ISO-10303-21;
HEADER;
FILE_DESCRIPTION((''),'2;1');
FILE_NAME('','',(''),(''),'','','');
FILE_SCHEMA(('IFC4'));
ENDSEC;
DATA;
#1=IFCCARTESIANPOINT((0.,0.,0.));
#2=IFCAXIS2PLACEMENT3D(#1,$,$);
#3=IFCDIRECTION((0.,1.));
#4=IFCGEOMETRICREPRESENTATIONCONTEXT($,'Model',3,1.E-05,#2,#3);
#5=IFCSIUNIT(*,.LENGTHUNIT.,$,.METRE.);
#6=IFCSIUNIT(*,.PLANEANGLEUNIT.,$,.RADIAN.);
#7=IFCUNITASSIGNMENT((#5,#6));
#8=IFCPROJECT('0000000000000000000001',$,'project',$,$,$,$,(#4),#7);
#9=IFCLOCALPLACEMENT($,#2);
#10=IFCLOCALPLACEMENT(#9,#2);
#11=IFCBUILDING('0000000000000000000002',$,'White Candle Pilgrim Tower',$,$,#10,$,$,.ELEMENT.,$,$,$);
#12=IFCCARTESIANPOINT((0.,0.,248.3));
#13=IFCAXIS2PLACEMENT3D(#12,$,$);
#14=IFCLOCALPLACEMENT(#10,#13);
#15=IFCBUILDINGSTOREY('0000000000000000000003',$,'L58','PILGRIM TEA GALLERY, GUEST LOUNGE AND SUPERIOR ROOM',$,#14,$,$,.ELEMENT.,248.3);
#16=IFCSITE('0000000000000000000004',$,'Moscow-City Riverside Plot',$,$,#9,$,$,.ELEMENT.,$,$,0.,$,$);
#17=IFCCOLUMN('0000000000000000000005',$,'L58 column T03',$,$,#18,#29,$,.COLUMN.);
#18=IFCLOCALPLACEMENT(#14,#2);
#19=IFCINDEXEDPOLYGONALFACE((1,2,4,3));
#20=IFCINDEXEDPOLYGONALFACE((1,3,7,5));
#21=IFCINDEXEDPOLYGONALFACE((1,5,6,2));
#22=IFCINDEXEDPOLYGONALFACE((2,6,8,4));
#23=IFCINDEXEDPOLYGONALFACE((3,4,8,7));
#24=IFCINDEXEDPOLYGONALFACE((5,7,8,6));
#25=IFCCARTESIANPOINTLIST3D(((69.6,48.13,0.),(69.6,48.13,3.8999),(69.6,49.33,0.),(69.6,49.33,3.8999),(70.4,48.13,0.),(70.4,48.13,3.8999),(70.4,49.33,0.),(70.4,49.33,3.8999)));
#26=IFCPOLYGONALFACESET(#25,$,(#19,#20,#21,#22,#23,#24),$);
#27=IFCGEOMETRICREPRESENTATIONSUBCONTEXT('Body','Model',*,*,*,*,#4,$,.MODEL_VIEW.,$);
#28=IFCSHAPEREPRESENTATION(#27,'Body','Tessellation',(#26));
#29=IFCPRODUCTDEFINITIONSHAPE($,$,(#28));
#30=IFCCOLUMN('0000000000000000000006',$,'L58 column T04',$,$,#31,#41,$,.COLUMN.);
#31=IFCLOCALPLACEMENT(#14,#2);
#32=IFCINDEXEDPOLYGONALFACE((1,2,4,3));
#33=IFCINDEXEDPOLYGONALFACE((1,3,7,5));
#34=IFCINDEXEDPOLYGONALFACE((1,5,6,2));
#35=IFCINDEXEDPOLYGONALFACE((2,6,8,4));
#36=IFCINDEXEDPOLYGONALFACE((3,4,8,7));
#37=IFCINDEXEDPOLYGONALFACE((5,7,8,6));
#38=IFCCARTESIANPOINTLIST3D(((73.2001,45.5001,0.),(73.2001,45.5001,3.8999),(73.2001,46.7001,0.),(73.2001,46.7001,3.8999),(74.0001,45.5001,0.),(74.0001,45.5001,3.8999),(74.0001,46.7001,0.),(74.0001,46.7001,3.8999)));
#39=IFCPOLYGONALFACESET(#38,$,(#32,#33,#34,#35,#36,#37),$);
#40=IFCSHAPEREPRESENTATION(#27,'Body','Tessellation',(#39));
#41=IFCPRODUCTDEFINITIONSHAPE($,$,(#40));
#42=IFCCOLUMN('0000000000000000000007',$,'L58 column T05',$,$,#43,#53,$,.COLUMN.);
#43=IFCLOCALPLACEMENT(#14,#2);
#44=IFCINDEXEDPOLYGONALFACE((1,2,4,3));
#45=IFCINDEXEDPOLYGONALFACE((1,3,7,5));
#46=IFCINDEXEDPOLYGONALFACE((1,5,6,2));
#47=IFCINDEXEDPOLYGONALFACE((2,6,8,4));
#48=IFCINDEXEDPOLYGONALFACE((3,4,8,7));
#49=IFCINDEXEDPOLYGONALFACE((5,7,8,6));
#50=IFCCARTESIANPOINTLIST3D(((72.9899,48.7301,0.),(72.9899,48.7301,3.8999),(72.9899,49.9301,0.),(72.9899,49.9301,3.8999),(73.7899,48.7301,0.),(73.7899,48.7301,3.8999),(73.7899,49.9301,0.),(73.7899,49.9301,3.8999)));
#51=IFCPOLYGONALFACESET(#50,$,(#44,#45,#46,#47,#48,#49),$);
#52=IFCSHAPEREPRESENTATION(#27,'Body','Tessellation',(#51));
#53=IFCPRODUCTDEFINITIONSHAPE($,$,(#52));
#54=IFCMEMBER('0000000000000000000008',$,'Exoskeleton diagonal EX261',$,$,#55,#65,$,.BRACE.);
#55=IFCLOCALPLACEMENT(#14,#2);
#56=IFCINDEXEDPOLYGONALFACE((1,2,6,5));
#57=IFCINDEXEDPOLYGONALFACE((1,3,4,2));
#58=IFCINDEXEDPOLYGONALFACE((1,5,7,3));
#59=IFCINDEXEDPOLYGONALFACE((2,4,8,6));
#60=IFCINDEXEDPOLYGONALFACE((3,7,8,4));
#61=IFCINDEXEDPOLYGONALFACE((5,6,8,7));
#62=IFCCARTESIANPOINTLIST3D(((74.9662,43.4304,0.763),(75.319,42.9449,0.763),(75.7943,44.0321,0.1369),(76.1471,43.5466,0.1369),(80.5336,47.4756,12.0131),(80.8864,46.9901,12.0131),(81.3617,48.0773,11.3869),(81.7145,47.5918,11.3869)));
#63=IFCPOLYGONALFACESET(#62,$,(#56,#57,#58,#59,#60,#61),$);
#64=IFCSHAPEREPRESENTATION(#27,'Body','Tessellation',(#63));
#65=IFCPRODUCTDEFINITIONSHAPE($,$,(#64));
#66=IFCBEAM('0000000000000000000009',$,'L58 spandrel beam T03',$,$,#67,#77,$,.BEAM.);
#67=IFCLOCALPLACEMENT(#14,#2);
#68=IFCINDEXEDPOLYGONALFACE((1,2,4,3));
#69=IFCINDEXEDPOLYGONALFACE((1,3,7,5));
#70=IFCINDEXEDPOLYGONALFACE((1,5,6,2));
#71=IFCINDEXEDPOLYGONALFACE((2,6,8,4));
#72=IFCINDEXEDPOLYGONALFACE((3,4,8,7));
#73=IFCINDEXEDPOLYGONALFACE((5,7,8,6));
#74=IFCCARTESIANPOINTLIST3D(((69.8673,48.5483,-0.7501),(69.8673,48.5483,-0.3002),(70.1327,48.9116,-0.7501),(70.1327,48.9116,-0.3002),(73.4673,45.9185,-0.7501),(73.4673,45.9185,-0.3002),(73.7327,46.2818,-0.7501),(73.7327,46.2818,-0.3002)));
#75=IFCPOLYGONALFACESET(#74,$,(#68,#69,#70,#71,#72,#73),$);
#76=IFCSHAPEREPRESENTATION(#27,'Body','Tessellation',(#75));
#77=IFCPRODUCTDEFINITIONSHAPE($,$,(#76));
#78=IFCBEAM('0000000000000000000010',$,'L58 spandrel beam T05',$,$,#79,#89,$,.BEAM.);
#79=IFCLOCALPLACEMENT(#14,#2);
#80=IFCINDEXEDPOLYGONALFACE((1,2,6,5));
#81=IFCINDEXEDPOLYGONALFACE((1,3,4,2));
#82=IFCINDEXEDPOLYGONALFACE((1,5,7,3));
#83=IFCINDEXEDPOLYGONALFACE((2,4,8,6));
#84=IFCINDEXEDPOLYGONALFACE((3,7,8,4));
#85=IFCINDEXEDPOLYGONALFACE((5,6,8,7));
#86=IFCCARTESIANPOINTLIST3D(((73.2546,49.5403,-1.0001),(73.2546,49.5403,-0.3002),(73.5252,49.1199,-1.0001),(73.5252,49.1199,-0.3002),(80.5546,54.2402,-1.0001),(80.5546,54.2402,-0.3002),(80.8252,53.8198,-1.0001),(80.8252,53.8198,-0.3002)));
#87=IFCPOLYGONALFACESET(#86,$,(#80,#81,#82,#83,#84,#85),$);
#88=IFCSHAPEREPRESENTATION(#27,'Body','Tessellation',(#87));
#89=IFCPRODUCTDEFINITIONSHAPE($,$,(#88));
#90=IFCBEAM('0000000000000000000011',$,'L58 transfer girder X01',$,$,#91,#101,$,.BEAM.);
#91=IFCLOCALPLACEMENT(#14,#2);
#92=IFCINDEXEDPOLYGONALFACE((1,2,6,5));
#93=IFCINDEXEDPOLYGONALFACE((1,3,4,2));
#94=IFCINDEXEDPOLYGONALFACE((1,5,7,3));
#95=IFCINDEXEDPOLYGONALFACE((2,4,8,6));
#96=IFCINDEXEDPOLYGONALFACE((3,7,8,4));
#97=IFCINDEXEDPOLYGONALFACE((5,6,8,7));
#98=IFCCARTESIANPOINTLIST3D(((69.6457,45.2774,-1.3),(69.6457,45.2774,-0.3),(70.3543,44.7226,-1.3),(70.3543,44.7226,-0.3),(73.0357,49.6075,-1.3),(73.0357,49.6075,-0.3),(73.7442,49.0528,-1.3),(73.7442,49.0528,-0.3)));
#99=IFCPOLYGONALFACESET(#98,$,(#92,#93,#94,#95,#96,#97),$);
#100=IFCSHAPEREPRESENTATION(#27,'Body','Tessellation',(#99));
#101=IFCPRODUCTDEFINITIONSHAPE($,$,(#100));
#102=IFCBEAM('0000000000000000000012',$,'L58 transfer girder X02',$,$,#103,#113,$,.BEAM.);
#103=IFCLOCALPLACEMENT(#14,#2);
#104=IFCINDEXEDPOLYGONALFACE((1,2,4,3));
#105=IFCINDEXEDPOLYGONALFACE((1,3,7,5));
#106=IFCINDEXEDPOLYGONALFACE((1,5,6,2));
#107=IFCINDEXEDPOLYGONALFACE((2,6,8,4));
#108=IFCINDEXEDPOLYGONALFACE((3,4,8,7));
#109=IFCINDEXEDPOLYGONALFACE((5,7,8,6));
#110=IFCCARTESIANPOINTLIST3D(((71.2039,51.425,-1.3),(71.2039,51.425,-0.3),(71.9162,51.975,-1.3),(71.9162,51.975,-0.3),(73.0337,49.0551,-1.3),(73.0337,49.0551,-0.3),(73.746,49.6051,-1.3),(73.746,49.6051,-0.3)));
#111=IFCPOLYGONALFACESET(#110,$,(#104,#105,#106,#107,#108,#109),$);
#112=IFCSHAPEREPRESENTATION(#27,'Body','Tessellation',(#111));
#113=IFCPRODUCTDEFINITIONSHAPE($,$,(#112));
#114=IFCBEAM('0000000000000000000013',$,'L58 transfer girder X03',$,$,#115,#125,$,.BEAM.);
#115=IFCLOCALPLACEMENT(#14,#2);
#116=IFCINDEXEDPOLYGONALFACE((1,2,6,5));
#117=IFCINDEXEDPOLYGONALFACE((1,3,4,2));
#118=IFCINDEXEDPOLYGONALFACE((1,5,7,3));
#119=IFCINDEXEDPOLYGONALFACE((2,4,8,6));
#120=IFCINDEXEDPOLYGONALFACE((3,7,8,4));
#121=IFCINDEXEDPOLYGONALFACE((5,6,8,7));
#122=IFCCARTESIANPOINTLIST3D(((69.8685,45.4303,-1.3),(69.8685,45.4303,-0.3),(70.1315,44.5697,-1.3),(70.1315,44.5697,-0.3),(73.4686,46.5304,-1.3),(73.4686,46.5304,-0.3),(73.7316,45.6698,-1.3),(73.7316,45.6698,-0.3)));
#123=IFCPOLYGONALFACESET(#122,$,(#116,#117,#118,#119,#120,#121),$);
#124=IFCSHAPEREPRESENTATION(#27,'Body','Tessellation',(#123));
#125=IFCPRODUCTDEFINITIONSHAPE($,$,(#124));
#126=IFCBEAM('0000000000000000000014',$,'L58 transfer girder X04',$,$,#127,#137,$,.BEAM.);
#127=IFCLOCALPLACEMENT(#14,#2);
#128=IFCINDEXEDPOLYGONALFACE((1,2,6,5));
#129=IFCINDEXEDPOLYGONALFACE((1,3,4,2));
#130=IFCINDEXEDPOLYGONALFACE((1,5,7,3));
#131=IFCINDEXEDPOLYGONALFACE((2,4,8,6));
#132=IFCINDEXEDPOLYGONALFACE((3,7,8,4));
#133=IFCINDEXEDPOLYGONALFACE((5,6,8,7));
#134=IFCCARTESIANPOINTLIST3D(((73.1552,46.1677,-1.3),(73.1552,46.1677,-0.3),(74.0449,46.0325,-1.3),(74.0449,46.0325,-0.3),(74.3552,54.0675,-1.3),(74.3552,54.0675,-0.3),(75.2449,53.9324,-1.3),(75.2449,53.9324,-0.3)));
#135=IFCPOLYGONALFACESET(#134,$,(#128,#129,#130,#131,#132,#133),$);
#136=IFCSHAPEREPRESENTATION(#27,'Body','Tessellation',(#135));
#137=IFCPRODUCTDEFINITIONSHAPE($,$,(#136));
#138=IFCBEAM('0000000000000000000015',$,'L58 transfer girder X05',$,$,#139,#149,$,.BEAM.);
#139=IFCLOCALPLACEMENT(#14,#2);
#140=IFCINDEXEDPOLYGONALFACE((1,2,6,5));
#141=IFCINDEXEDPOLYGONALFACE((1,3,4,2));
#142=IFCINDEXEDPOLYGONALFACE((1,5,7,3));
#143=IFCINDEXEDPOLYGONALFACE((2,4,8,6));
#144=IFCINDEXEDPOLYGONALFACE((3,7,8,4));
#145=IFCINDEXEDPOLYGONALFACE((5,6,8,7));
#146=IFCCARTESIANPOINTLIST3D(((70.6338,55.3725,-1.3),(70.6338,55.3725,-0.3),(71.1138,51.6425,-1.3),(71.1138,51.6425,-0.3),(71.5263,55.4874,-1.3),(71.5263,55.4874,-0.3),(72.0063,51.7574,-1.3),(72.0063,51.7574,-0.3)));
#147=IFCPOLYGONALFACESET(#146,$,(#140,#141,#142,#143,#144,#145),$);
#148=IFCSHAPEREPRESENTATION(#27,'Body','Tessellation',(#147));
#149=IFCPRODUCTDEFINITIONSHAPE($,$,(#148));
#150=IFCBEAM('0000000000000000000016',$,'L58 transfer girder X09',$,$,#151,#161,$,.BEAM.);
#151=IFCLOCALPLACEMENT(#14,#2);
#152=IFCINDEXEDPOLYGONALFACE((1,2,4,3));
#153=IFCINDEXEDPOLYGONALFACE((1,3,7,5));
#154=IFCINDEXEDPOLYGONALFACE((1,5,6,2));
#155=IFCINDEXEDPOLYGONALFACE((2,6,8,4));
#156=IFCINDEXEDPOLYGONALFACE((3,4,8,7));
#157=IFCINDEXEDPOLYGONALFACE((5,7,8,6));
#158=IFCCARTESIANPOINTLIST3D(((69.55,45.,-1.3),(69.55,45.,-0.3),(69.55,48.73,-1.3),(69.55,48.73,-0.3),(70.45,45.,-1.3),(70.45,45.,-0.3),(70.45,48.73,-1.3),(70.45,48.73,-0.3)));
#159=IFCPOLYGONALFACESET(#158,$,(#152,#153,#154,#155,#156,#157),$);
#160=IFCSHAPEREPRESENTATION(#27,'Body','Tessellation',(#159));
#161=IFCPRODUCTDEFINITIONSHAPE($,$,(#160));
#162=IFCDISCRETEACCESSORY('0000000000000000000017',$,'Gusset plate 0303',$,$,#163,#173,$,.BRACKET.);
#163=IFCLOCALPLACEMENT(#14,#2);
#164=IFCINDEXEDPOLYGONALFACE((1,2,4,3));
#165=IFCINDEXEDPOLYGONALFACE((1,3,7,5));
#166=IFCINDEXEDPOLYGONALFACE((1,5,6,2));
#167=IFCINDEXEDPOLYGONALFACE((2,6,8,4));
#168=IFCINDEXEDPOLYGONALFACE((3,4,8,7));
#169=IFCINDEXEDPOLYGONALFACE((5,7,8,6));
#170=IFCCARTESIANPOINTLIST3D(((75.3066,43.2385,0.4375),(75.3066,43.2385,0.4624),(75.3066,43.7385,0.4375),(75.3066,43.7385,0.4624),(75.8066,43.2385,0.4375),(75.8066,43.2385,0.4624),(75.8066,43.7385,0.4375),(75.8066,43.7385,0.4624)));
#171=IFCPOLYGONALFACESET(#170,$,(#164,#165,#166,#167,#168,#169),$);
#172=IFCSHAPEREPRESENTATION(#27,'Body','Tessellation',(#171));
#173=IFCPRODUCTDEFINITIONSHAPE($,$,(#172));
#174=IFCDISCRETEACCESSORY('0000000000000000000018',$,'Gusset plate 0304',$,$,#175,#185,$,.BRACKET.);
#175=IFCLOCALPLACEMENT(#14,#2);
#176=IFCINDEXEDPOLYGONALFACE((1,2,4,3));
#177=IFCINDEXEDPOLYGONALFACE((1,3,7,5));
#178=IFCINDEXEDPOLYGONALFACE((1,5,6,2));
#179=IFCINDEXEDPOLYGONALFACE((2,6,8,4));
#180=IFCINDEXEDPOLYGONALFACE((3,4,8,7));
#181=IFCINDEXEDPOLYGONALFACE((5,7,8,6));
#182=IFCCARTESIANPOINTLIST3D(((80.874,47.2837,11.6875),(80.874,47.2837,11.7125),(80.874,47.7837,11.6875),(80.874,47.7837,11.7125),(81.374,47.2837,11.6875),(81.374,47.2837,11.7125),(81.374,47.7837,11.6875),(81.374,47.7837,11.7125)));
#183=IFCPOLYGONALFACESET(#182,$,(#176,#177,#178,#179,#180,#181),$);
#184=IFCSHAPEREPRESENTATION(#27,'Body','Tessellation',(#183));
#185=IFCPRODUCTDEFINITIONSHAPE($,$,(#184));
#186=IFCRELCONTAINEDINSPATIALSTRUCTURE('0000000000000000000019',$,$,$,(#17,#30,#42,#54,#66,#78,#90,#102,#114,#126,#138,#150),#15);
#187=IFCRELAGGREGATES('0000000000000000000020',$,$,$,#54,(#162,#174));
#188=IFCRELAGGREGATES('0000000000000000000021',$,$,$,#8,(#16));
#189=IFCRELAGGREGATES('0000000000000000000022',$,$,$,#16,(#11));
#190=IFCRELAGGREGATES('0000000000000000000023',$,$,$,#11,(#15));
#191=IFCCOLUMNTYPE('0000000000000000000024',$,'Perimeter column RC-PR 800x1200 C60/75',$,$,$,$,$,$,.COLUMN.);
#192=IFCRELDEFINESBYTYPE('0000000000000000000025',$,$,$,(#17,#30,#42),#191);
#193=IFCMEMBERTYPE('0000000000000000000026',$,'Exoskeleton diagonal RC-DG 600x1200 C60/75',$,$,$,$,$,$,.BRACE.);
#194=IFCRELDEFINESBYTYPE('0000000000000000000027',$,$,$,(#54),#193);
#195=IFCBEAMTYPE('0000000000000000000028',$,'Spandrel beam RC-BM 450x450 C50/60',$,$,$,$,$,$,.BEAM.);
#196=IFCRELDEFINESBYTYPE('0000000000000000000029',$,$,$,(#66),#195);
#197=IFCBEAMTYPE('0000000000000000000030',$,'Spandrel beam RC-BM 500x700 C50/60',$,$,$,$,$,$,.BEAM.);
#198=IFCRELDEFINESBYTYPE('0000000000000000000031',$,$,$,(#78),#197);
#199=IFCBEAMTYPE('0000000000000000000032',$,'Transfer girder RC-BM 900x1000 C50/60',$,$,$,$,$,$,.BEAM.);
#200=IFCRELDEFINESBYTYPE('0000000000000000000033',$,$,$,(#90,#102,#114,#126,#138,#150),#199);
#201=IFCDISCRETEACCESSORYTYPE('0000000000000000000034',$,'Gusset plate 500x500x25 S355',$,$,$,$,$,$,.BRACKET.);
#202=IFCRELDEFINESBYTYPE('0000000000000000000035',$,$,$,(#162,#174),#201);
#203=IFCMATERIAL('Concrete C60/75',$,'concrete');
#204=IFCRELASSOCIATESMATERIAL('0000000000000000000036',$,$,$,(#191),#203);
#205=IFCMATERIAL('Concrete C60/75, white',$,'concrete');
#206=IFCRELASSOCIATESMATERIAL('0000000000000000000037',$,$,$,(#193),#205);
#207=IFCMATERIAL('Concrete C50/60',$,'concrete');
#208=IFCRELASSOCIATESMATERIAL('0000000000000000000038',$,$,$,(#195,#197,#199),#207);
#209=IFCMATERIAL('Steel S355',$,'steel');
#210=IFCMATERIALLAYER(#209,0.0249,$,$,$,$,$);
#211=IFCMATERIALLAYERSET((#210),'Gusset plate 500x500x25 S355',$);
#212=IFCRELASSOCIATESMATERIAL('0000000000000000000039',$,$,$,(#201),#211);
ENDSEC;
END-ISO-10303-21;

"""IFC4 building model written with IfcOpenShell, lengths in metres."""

from ifc_helpers import new_model, si_unit, direction, frame, origin, origin_2d, place, context, subcontext, project, spatial, rectangle, extrude, material, layer, layer_set, material_profile, profile_set, type_object, element, aggregate, save


model = new_model("IFC4")

# Units and contexts
model_context = context("Model", 3, precision=1e-05, world=origin(), true_north=direction((0.0, 1.0)))
body_context = subcontext(model_context, "Body", "Model", "MODEL_VIEW")
ifc_project = project(units=[si_unit("LENGTHUNIT", "METRE"), si_unit("PLANEANGLEUNIT", "RADIAN")], contexts=[model_context])

# Site, building, storey
site_placement = place(None, origin())
site = spatial("IfcSite", under=ifc_project, at=site_placement, Name="Moscow-City Riverside Plot", CompositionType="ELEMENT", RefElevation=0.0)
building_placement = place(site_placement, origin())
building = spatial("IfcBuilding", under=site, at=building_placement, Name="White Candle Pilgrim Tower", CompositionType="ELEMENT")
storey_placement = place(building_placement, frame((0.0, 0.0, 248.3)))
storey = spatial("IfcBuildingStorey", under=building, at=storey_placement, Name="L58", Description="PILGRIM TEA GALLERY, GUEST LOUNGE AND SUPERIOR ROOM", CompositionType="ELEMENT", Elevation=248.3)

# Columns
ifc_material_1 = material(Name="Concrete C60/75", Category="concrete")
ifc_material_profile_1 = material_profile(ifc_material_1, rectangle(XDim=0.8, YDim=1.2, at=origin_2d()), Name="RC-PR 800x1200")
ifc_profile_set_1 = profile_set([ifc_material_profile_1], Name="Concrete C60/75")
column_type = type_object("IfcColumnType", Name="Perimeter column RC-PR 800x1200 C60/75", PredefinedType="COLUMN", material=ifc_profile_set_1)
for number, where, z_axis, x_axis, name in (
    (1, (70.0, 48.73, 0.0), (0.0, 0.0, 1.0), (-1.0, 0.0, 0.0), "L58 column T03"),
    (2, (73.6001, 46.1001, 0.0), (0.0, 0.0, 1.0), (-1.0, 0.0, 0.0), "L58 column T04"),
    (3, (73.3899, 49.3301, 0.0), (0.0, 0.0, 1.0), (-1.0, 0.0, 0.0), "L58 column T05"),
):
    element("IfcColumn", number, at=place(storey_placement, frame(where, z_axis=z_axis, x_axis=x_axis)), inside=storey, type_object=column_type, Name=name, PredefinedType="COLUMN", context=body_context, shape_type="SweptSolid", body=[
        extrude(rectangle(XDim=0.8, YDim=1.2, at=origin_2d()), origin(), (0.0, 0.0, 1.0), 3.8999),
    ])

# Member
ifc_material_2 = material(Name="Concrete C60/75, white", Category="concrete")
ifc_material_profile_2 = material_profile(ifc_material_2, rectangle(XDim=0.6001, YDim=1.2, at=origin_2d()), Name="RC-DG 600x1200")
ifc_profile_set_2 = profile_set([ifc_material_profile_2], Name="Concrete C60/75, white")
member_type = type_object("IfcMemberType", Name="Exoskeleton diagonal RC-DG 600x1200 C60/75", PredefinedType="BRACE", material=ifc_profile_set_2)
member_placement = place(storey_placement, frame((75.5566, 43.4885, 0.45), z_axis=(0.422157, 0.306732, 0.853052), x_axis=(-0.587807, 0.809001, 0.0)))
member = element("IfcMember", 4, at=member_placement, inside=storey, type_object=member_type, Name="Exoskeleton diagonal EX261", PredefinedType="BRACE", context=body_context, shape_type="SweptSolid", body=[
    extrude(rectangle(XDim=0.6001, YDim=1.2, at=origin_2d()), origin(), (0.0, 0.0, 1.0), 13.188),
])

# Beams
ifc_material_3 = material(Name="Concrete C50/60", Category="concrete")
ifc_material_profile_3 = material_profile(ifc_material_3, rectangle(XDim=0.45, YDim=0.45, at=origin_2d()), Name="RC-BM 450x450")
ifc_profile_set_3 = profile_set([ifc_material_profile_3], Name="Concrete C50/60")
beam_type_1 = type_object("IfcBeamType", Name="Spandrel beam RC-BM 450x450 C50/60", PredefinedType="BEAM", material=ifc_profile_set_3)
beam_1_placement = place(storey_placement, frame((70.0, 48.73, -0.5251), z_axis=(0.807493, -0.589877, 0.0), x_axis=(0.589877, 0.807493, 0.0)))
element("IfcBeam", 5, at=beam_1_placement, inside=storey, type_object=beam_type_1, Name="L58 spandrel beam T03", PredefinedType="BEAM", context=body_context, shape_type="SweptSolid", body=[
    extrude(rectangle(XDim=0.45, YDim=0.45, at=origin_2d()), origin(), (0.0, 0.0, 1.0), 4.4583),
])
ifc_material_profile_4 = material_profile(ifc_material_3, rectangle(XDim=0.5, YDim=0.7, at=origin_2d()), Name="RC-BM 500x700")
ifc_profile_set_4 = profile_set([ifc_material_profile_4], Name="Concrete C50/60")
beam_type_2 = type_object("IfcBeamType", Name="Spandrel beam RC-BM 500x700 C50/60", PredefinedType="BEAM", material=ifc_profile_set_4)
beam_2_placement = place(storey_placement, frame((73.3899, 49.3301, -0.6501), z_axis=(0.840808, 0.541333, 0.0), x_axis=(-0.541333, 0.840808, 0.0)))
element("IfcBeam", 6, at=beam_2_placement, inside=storey, type_object=beam_type_2, Name="L58 spandrel beam T05", PredefinedType="BEAM", context=body_context, shape_type="SweptSolid", body=[
    extrude(rectangle(XDim=0.5, YDim=0.7, at=origin_2d()), origin(), (0.0, 0.0, 1.0), 8.6821),
])
ifc_material_profile_5 = material_profile(ifc_material_3, rectangle(XDim=0.8999, YDim=1.0, at=origin_2d()), Name="RC-BM 900x1000")
ifc_profile_set_5 = profile_set([ifc_material_profile_5], Name="Concrete C50/60")
beam_type_3 = type_object("IfcBeamType", Name="Transfer girder RC-BM 900x1000 C50/60", PredefinedType="BEAM", material=ifc_profile_set_5)
beam_3_placement = place(storey_placement, frame((70.0, 45.0, -0.8), z_axis=(0.616436, 0.787405, 0.0), x_axis=(-0.787405, 0.616436, 0.0)))
element("IfcBeam", 7, at=beam_3_placement, inside=storey, type_object=beam_type_3, Name="L58 transfer girder X01", PredefinedType="BEAM", context=body_context, shape_type="SweptSolid", body=[
    extrude(rectangle(XDim=0.8999, YDim=1.0, at=origin_2d()), origin(), (0.0, 0.0, 1.0), 5.4993),
])
beam_4_placement = place(storey_placement, frame((73.3899, 49.3301, -0.8), z_axis=(-0.611148, 0.791516, 0.0), x_axis=(-0.791516, -0.611148, 0.0)))
element("IfcBeam", 8, at=beam_4_placement, inside=storey, type_object=beam_type_3, Name="L58 transfer girder X02", PredefinedType="BEAM", context=body_context, shape_type="SweptSolid", body=[
    extrude(rectangle(XDim=0.8999, YDim=1.0, at=origin_2d()), origin(), (0.0, 0.0, 1.0), 2.9941),
])
beam_5_placement = place(storey_placement, frame((70.0, 45.0, -0.8), z_axis=(0.956347, 0.292235, 0.0), x_axis=(-0.292235, 0.956347, 0.0)))
element("IfcBeam", 9, at=beam_5_placement, inside=storey, type_object=beam_type_3, Name="L58 transfer girder X03", PredefinedType="BEAM", context=body_context, shape_type="SweptSolid", body=[
    extrude(rectangle(XDim=0.8999, YDim=1.0, at=origin_2d()), origin(), (0.0, 0.0, 1.0), 3.7644),
])
beam_6_placement = place(storey_placement, frame((73.6001, 46.1001, -0.8), z_axis=(0.150172, 0.98866, 0.0), x_axis=(-0.98866, 0.150172, 0.0)))
element("IfcBeam", 10, at=beam_6_placement, inside=storey, type_object=beam_type_3, Name="L58 transfer girder X04", PredefinedType="BEAM", context=body_context, shape_type="SweptSolid", body=[
    extrude(rectangle(XDim=0.8999, YDim=1.0, at=origin_2d()), origin(), (0.0, 0.0, 1.0), 7.9905),
])
beam_7_placement = place(storey_placement, frame((71.5601, 51.7, -0.8), z_axis=(-0.127629, 0.991822, 0.0), x_axis=(-0.991822, -0.127629, 0.0)))
element("IfcBeam", 11, at=beam_7_placement, inside=storey, type_object=beam_type_3, Name="L58 transfer girder X05", PredefinedType="BEAM", context=body_context, shape_type="SweptSolid", body=[
    extrude(rectangle(XDim=0.8999, YDim=1.0, at=origin_2d()), origin(), (0.0, 0.0, 1.0), 3.7607),
])
beam_8_placement = place(storey_placement, frame((70.0, 45.0, -0.8), z_axis=(0.0, 1.0, 0.0), x_axis=(-1.0, 0.0, 0.0)))
element("IfcBeam", 12, at=beam_8_placement, inside=storey, type_object=beam_type_3, Name="L58 transfer girder X09", PredefinedType="BEAM", context=body_context, shape_type="SweptSolid", body=[
    extrude(rectangle(XDim=0.8999, YDim=1.0, at=origin_2d()), origin(), (0.0, 0.0, 1.0), 3.73),
])

# Discrete accessories
ifc_material_4 = material(Name="Steel S355", Category="steel")
ifc_layer_1 = layer(ifc_material_4, 0.0249)
ifc_layer_set_1 = layer_set([ifc_layer_1], Name="Gusset plate 500x500x25 S355")
discrete_accessory_type = type_object("IfcDiscreteAccessoryType", Name="Gusset plate 500x500x25 S355", PredefinedType="BRACKET", material=ifc_layer_set_1)
discrete_accessory_1_placement = place(storey_placement, frame((75.5566, 43.4885, 0.4375), z_axis=(0.0, 0.0, 1.0), x_axis=(1.0, 0.0, 0.0)))
discrete_accessory_1 = element("IfcDiscreteAccessory", 13, at=discrete_accessory_1_placement, type_object=discrete_accessory_type, Name="Gusset plate 0303", PredefinedType="BRACKET", context=body_context, shape_type="SweptSolid", body=[
    extrude(rectangle(XDim=0.5, YDim=0.5, at=origin_2d()), origin(), (0.0, 0.0, 1.0), 0.0249),
])
placement = place(building_placement, frame((0.0, 0.0, 260.0)))
discrete_accessory_2_placement = place(placement, frame((81.124, 47.5337, -0.0125), z_axis=(0.0, 0.0, 1.0), x_axis=(1.0, 0.0, 0.0)))
discrete_accessory_2 = element("IfcDiscreteAccessory", 14, at=discrete_accessory_2_placement, type_object=discrete_accessory_type, Name="Gusset plate 0304", PredefinedType="BRACKET", context=body_context, shape_type="SweptSolid", body=[
    extrude(rectangle(XDim=0.5, YDim=0.5, at=origin_2d()), origin(), (0.0, 0.0, 1.0), 0.0249),
])
aggregate(member, [discrete_accessory_1, discrete_accessory_2])

save(model, "model.ifc")
